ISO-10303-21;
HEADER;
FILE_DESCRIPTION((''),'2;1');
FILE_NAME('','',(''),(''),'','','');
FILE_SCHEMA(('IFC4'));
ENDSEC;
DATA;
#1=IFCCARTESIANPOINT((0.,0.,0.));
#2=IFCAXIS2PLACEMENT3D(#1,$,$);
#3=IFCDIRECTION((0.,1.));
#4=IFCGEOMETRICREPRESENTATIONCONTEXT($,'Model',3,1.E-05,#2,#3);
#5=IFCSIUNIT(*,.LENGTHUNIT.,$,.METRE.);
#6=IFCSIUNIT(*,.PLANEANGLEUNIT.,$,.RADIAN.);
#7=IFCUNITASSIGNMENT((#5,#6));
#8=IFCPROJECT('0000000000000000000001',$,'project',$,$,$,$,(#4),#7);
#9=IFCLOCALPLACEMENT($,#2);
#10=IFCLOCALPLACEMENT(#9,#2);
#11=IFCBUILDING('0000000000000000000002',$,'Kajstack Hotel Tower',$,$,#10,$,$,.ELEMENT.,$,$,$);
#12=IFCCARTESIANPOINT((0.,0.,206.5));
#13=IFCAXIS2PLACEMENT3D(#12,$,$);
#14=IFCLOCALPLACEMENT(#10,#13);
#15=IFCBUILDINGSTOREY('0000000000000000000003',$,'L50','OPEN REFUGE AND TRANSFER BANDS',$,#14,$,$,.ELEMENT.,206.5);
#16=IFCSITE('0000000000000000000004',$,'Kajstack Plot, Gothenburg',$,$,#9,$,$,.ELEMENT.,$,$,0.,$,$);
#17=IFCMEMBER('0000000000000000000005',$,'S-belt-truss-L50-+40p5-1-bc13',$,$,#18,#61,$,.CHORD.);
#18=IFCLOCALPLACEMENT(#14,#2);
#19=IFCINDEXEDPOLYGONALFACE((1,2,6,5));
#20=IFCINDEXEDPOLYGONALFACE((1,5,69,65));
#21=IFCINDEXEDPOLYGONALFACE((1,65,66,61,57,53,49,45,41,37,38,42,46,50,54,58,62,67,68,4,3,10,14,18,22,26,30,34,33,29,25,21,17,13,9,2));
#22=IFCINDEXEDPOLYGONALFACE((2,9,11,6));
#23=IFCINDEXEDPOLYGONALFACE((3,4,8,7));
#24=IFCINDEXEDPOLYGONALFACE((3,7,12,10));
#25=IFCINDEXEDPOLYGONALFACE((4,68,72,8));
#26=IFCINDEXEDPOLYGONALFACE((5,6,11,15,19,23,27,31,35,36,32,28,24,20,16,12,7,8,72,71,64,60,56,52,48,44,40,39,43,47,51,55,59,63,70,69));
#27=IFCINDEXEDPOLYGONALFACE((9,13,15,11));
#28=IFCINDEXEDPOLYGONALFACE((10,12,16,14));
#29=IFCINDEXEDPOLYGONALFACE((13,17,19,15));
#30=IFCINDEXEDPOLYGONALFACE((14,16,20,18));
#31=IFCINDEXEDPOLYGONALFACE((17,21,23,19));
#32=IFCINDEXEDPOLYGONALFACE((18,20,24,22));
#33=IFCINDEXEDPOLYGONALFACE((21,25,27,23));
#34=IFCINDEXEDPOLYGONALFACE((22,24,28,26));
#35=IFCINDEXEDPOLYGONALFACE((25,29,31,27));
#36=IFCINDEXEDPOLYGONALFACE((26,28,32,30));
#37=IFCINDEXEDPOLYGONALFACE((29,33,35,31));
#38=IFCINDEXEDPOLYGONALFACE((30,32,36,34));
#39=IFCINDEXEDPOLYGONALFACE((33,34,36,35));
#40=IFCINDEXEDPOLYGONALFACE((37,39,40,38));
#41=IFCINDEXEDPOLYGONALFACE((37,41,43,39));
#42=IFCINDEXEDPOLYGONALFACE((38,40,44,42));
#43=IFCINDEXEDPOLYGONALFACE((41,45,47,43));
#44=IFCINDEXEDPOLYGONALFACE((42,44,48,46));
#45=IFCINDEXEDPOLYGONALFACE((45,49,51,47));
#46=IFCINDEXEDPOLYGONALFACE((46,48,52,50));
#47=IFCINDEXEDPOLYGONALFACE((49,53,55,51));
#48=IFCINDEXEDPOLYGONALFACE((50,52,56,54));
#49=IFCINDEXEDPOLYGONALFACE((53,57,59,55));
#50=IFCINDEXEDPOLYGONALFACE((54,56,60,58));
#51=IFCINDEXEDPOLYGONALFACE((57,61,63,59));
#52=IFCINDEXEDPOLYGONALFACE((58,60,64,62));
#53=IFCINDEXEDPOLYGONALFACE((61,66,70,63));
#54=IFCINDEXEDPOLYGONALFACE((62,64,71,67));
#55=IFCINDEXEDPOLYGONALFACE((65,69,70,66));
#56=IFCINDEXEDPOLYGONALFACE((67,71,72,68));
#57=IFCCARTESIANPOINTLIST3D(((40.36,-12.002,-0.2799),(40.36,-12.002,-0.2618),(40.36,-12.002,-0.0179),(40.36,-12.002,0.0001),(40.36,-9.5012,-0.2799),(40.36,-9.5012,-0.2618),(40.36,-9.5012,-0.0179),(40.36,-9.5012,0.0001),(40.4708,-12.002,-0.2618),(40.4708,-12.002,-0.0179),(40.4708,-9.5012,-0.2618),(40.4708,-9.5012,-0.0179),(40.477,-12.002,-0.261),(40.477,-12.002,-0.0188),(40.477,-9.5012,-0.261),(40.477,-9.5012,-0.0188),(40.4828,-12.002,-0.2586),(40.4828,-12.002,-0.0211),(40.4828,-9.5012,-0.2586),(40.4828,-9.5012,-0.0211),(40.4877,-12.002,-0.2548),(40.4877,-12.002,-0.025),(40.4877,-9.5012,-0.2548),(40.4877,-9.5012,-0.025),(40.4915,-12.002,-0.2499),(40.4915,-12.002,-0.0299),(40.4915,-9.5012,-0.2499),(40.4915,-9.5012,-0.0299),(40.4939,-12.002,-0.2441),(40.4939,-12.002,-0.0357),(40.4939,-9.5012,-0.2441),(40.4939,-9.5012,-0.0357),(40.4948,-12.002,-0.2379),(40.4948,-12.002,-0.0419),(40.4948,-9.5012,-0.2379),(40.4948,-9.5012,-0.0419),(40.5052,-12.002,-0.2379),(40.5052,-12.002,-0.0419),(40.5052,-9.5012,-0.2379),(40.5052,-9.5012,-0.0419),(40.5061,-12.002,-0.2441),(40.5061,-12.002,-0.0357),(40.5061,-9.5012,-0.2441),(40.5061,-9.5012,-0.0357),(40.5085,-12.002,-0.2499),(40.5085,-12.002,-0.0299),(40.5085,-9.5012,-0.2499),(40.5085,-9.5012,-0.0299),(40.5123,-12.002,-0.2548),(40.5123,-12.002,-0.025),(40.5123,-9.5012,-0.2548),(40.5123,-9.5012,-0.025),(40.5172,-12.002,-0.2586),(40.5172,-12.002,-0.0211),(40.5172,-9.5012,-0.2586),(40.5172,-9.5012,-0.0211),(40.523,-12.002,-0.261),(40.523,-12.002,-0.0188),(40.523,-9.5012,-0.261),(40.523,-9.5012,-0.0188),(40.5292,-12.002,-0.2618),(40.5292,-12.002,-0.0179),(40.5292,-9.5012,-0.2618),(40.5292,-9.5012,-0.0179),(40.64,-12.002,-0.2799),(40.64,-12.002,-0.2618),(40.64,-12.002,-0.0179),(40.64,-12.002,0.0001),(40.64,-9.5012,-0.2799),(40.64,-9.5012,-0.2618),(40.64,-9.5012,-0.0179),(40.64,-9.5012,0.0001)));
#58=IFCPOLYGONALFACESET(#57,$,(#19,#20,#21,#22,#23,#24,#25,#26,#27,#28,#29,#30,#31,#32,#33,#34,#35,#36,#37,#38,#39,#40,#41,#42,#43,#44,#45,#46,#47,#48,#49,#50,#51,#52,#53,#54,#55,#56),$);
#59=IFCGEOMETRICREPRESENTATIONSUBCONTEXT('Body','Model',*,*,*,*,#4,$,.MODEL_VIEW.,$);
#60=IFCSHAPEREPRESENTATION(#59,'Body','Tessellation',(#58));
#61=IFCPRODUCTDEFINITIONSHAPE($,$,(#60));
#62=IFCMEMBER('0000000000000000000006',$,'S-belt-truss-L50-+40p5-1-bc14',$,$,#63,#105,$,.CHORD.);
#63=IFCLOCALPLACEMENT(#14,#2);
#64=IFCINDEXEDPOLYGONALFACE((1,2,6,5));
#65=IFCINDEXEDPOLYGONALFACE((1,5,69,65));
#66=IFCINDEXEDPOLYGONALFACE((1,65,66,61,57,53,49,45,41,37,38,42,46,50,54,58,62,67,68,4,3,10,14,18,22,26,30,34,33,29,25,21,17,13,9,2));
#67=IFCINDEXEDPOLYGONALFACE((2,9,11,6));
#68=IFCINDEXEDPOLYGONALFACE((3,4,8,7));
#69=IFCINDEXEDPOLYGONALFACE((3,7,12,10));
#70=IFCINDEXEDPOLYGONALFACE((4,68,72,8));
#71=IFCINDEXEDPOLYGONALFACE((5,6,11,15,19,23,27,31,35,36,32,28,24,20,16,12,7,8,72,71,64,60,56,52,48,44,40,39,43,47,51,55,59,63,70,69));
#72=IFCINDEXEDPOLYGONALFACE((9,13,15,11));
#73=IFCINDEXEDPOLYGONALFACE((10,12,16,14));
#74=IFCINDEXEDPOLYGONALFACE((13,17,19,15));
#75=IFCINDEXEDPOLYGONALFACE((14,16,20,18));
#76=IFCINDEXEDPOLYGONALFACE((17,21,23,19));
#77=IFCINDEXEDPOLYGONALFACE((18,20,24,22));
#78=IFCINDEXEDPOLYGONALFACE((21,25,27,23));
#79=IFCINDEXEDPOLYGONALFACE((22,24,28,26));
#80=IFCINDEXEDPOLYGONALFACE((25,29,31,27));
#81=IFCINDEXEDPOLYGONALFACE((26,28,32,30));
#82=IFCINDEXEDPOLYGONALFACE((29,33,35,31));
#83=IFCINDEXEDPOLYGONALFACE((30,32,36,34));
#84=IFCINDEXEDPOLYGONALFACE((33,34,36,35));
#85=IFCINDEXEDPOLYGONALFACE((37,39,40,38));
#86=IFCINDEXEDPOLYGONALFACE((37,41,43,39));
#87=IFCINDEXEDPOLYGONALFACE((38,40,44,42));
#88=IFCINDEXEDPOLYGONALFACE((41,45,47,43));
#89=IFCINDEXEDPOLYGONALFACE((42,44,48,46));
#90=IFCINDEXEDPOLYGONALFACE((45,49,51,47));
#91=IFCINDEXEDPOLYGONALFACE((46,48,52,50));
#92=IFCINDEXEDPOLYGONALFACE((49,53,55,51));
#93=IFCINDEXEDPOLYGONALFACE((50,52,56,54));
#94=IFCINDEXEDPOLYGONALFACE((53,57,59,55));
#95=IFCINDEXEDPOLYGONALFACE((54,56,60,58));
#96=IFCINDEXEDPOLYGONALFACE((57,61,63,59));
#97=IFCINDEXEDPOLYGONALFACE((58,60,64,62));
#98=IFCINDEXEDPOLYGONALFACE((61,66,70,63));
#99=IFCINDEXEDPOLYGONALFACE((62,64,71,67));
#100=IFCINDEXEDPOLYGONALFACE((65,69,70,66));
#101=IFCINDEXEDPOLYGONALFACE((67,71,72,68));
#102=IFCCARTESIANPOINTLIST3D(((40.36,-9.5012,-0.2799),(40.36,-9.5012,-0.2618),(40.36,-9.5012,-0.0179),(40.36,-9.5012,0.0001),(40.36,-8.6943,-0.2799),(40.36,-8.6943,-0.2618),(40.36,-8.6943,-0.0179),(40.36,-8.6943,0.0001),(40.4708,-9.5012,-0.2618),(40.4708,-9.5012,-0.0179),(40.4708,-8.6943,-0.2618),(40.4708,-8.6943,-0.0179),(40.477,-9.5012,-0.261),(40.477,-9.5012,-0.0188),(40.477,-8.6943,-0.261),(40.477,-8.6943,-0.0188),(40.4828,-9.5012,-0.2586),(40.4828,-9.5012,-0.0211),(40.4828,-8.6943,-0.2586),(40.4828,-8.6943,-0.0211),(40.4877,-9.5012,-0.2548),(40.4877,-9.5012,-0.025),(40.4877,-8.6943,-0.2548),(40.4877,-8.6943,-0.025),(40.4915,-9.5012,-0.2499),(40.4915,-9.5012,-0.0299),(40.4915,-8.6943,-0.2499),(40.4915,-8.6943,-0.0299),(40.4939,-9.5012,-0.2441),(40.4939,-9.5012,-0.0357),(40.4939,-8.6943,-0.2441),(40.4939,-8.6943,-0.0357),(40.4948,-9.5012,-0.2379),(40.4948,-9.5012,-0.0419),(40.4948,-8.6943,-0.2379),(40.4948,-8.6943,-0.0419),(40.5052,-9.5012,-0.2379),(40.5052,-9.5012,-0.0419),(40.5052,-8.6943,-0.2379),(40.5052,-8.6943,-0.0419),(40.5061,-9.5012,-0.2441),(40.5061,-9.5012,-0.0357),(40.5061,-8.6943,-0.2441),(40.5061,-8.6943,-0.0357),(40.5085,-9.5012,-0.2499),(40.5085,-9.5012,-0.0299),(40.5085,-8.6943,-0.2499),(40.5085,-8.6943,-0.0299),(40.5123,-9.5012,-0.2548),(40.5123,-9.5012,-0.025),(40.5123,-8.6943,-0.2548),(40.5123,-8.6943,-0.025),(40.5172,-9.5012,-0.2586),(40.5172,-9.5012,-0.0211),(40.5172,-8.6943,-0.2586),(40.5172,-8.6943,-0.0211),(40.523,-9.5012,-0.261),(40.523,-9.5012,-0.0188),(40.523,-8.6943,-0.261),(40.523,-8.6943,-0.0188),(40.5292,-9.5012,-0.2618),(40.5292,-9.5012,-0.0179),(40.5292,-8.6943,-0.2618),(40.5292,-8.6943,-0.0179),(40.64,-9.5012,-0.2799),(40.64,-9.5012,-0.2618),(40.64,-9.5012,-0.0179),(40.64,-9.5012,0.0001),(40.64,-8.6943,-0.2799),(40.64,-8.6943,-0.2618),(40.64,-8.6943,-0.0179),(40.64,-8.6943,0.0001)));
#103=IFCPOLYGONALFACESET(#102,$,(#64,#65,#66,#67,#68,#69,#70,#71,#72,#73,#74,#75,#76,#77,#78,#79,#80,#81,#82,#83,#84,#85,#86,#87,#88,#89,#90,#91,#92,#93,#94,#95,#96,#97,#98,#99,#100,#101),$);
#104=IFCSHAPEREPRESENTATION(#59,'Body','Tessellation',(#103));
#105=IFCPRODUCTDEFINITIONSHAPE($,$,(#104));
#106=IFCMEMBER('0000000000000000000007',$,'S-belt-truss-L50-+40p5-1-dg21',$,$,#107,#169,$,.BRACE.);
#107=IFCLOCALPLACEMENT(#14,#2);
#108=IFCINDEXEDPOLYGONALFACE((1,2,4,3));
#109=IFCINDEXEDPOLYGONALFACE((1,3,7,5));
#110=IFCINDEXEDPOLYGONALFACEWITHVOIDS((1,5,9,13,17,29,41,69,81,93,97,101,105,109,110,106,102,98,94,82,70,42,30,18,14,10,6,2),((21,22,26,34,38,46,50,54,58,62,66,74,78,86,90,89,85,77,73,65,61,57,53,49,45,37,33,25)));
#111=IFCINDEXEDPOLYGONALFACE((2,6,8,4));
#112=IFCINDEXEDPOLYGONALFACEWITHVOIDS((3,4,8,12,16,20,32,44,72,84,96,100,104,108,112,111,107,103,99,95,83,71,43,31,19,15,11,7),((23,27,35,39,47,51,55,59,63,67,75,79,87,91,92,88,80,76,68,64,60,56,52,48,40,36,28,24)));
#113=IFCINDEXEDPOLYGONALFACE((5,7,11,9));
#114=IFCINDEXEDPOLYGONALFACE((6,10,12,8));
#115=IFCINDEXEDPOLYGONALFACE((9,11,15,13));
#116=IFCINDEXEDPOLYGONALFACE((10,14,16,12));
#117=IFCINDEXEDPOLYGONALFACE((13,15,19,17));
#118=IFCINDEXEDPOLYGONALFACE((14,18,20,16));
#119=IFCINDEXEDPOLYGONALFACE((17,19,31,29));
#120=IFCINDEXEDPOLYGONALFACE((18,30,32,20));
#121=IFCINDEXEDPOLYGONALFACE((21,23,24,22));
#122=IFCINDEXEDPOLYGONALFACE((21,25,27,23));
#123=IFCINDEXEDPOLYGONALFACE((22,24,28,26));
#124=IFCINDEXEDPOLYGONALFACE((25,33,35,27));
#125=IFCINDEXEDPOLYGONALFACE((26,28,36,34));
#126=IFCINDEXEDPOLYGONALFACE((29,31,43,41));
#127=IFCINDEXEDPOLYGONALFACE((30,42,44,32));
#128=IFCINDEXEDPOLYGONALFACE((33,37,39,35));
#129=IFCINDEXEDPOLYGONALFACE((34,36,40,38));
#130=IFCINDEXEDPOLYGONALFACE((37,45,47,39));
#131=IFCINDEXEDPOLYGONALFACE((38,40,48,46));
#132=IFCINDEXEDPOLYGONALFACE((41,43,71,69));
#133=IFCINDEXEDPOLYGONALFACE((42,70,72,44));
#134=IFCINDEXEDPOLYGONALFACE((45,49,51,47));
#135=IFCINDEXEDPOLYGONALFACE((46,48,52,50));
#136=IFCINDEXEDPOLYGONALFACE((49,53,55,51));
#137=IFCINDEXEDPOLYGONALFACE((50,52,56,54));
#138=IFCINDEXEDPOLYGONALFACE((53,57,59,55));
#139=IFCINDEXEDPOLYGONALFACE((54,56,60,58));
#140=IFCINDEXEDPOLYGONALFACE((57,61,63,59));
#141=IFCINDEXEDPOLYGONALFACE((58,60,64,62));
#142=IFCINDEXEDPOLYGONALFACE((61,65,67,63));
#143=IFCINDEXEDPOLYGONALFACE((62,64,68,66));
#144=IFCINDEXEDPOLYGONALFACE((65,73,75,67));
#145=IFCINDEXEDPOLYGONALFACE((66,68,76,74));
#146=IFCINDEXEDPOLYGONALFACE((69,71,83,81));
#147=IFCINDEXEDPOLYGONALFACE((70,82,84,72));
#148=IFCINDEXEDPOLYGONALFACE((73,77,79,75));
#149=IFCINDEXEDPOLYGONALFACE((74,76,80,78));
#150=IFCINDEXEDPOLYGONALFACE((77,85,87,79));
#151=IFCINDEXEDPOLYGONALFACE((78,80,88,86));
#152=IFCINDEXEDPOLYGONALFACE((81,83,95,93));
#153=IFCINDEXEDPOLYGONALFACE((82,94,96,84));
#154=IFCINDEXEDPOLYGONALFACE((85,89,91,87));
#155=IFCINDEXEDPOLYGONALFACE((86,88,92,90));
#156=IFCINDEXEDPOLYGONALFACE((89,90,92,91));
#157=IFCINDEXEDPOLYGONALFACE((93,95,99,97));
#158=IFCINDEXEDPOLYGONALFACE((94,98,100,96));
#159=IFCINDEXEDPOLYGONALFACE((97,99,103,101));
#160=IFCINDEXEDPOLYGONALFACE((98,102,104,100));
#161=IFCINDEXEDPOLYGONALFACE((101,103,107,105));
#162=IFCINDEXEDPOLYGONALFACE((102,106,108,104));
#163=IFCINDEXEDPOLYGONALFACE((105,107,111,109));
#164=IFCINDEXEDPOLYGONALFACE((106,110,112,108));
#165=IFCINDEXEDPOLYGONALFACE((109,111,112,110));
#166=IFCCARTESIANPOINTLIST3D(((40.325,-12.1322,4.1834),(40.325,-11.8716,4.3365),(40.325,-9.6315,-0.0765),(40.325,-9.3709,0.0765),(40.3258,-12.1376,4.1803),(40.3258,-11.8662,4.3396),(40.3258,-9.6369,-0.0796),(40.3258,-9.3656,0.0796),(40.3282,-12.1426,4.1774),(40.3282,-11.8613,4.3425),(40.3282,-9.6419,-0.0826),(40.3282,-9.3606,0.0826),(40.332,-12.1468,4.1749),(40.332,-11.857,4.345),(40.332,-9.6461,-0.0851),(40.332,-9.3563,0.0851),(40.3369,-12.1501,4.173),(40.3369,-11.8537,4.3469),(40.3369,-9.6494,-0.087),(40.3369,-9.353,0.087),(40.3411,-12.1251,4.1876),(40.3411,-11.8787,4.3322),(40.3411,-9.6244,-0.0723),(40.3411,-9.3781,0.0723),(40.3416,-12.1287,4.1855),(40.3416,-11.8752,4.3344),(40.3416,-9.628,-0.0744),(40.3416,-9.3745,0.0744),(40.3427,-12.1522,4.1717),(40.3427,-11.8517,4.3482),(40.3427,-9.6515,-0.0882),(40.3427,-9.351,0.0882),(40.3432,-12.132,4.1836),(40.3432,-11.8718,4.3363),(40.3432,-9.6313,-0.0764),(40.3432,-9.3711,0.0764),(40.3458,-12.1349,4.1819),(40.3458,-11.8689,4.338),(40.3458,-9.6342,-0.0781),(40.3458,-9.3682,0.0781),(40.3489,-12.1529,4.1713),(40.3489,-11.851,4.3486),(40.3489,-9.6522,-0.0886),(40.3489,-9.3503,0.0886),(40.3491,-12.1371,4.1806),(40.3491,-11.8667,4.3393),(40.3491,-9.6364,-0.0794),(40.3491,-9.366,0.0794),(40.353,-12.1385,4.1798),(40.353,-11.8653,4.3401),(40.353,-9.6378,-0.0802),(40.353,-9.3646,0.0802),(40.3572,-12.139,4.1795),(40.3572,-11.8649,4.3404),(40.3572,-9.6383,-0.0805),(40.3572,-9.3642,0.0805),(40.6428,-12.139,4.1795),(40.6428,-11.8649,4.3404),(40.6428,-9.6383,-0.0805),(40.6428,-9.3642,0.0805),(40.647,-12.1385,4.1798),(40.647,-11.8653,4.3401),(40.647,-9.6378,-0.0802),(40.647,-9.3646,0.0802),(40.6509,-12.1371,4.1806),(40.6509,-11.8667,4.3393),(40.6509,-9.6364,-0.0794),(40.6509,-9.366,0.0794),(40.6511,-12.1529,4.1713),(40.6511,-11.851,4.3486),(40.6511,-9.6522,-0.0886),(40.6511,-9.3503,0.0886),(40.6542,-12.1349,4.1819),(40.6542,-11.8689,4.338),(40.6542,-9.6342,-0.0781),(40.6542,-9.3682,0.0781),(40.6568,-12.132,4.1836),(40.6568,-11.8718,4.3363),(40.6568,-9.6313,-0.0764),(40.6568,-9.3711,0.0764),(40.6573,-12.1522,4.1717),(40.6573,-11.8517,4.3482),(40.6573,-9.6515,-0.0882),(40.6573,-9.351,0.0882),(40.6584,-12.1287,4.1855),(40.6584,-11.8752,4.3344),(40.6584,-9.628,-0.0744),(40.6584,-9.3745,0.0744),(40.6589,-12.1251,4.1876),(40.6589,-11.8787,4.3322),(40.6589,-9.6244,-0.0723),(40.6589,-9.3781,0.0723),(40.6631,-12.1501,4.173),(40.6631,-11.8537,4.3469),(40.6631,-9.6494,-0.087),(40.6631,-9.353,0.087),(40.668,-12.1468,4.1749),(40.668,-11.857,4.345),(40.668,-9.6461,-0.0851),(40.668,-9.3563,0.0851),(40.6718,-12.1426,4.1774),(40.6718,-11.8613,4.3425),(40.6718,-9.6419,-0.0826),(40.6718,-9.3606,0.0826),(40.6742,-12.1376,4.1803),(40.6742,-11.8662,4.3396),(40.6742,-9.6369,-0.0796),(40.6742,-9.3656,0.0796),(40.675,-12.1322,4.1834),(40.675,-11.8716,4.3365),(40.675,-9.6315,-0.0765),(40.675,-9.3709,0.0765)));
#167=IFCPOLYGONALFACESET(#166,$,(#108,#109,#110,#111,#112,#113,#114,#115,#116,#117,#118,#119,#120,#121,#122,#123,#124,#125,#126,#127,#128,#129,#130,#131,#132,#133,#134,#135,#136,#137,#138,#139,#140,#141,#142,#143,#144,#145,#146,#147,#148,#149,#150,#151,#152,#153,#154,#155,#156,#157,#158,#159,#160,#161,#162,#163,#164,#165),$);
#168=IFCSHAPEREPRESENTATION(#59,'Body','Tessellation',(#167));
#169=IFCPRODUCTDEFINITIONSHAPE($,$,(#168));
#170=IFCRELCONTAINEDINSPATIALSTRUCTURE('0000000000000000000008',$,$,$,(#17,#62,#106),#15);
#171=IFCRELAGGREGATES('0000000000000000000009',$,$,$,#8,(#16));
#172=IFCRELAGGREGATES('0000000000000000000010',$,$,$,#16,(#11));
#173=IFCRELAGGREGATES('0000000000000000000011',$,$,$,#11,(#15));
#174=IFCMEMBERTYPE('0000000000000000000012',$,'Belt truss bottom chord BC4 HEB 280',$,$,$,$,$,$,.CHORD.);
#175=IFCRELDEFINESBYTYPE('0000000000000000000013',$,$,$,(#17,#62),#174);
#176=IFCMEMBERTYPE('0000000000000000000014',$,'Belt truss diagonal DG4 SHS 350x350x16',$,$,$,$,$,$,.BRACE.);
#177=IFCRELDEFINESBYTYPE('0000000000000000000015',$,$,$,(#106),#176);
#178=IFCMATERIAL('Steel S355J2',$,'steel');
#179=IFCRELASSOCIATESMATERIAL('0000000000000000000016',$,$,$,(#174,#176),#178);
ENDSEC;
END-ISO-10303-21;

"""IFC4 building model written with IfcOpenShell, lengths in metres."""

from ifc_helpers import new_model, si_unit, direction, frame, origin, origin_2d, place, context, subcontext, project, spatial, hollow_rectangle, i_section, extrude, material, material_profile, profile_set, type_object, element, save


model = new_model("IFC4")

# Units and contexts
model_context = context("Model", 3, precision=1e-05, world=origin(), true_north=direction((0.0, 1.0)))
body_context = subcontext(model_context, "Body", "Model", "MODEL_VIEW")
ifc_project = project(units=[si_unit("LENGTHUNIT", "METRE"), si_unit("PLANEANGLEUNIT", "RADIAN")], contexts=[model_context])

# Site, building, storey
site_placement = place(None, origin())
site = spatial("IfcSite", under=ifc_project, at=site_placement, Name="Kajstack Plot, Gothenburg", CompositionType="ELEMENT", RefElevation=0.0)
building_placement = place(site_placement, origin())
building = spatial("IfcBuilding", under=site, at=building_placement, Name="Kajstack Hotel Tower", CompositionType="ELEMENT")
storey_placement = place(building_placement, frame((0.0, 0.0, 206.5)))
storey = spatial("IfcBuildingStorey", under=building, at=storey_placement, Name="L50", Description="OPEN REFUGE AND TRANSFER BANDS", CompositionType="ELEMENT", Elevation=206.5)

# Members
ifc_material = material(Name="Steel S355J2", Category="steel")
ifc_material_profile_1 = material_profile(ifc_material, i_section(OverallWidth=0.28, OverallDepth=0.28, WebThickness=0.0105, FlangeThickness=0.0181, FilletRadius=0.0239, at=origin_2d()), Name="HEB 280")
ifc_profile_set_1 = profile_set([ifc_material_profile_1], Name="Steel S355J2")
member_type_1 = type_object("IfcMemberType", Name="Belt truss bottom chord BC4 HEB 280", PredefinedType="CHORD", material=ifc_profile_set_1)
member_1_placement = place(storey_placement, frame((40.5, -12.002, -0.1399), z_axis=(0.0, 1.0, 0.0), x_axis=(-1.0, 0.0, 0.0)))
element("IfcMember", 1, at=member_1_placement, inside=storey, type_object=member_type_1, Name="S-belt-truss-L50-+40p5-1-bc13", PredefinedType="CHORD", context=body_context, shape_type="SweptSolid", body=[
    extrude(i_section(OverallWidth=0.28, OverallDepth=0.28, WebThickness=0.0105, FlangeThickness=0.0181, FilletRadius=0.0239, at=origin_2d()), origin(), (0.0, 0.0, 1.0), 2.5007),
])
member_2_placement = place(storey_placement, frame((40.5, -9.5012, -0.1399), z_axis=(0.0, 1.0, 0.0), x_axis=(-1.0, 0.0, 0.0)))
element("IfcMember", 2, at=member_2_placement, inside=storey, type_object=member_type_1, Name="S-belt-truss-L50-+40p5-1-bc14", PredefinedType="CHORD", context=body_context, shape_type="SweptSolid", body=[
    extrude(i_section(OverallWidth=0.28, OverallDepth=0.28, WebThickness=0.0105, FlangeThickness=0.0181, FilletRadius=0.0239, at=origin_2d()), origin(), (0.0, 0.0, 1.0), 0.8069),
])
ifc_material_profile_2 = material_profile(ifc_material, hollow_rectangle(XDim=0.3501, YDim=0.3501, WallThickness=0.0161, InnerFilletRadius=0.0161, OuterFilletRadius=0.0239, at=origin_2d()), Name="SHS 350x350x16")
ifc_profile_set_2 = profile_set([ifc_material_profile_2], Name="Steel S355J2")
member_type_2 = type_object("IfcMemberType", Name="Belt truss diagonal DG4 SHS 350x350x16", PredefinedType="BRACE", material=ifc_profile_set_2)
member_3_placement = place(storey_placement, frame((40.5, -9.5012, 0.0), z_axis=(0.0, -0.506245, 0.86239), x_axis=(1.0, 0.0, 0.0)))
element("IfcMember", 3, at=member_3_placement, inside=storey, type_object=member_type_2, Name="S-belt-truss-L50-+40p5-1-dg21", PredefinedType="BRACE", context=body_context, shape_type="SweptSolid", body=[
    extrude(hollow_rectangle(XDim=0.3501, YDim=0.3501, WallThickness=0.0161, InnerFilletRadius=0.0161, OuterFilletRadius=0.0239, at=origin_2d()), origin(), (0.0, 0.0, 1.0), 4.9397),
])

save(model, "model.ifc")
